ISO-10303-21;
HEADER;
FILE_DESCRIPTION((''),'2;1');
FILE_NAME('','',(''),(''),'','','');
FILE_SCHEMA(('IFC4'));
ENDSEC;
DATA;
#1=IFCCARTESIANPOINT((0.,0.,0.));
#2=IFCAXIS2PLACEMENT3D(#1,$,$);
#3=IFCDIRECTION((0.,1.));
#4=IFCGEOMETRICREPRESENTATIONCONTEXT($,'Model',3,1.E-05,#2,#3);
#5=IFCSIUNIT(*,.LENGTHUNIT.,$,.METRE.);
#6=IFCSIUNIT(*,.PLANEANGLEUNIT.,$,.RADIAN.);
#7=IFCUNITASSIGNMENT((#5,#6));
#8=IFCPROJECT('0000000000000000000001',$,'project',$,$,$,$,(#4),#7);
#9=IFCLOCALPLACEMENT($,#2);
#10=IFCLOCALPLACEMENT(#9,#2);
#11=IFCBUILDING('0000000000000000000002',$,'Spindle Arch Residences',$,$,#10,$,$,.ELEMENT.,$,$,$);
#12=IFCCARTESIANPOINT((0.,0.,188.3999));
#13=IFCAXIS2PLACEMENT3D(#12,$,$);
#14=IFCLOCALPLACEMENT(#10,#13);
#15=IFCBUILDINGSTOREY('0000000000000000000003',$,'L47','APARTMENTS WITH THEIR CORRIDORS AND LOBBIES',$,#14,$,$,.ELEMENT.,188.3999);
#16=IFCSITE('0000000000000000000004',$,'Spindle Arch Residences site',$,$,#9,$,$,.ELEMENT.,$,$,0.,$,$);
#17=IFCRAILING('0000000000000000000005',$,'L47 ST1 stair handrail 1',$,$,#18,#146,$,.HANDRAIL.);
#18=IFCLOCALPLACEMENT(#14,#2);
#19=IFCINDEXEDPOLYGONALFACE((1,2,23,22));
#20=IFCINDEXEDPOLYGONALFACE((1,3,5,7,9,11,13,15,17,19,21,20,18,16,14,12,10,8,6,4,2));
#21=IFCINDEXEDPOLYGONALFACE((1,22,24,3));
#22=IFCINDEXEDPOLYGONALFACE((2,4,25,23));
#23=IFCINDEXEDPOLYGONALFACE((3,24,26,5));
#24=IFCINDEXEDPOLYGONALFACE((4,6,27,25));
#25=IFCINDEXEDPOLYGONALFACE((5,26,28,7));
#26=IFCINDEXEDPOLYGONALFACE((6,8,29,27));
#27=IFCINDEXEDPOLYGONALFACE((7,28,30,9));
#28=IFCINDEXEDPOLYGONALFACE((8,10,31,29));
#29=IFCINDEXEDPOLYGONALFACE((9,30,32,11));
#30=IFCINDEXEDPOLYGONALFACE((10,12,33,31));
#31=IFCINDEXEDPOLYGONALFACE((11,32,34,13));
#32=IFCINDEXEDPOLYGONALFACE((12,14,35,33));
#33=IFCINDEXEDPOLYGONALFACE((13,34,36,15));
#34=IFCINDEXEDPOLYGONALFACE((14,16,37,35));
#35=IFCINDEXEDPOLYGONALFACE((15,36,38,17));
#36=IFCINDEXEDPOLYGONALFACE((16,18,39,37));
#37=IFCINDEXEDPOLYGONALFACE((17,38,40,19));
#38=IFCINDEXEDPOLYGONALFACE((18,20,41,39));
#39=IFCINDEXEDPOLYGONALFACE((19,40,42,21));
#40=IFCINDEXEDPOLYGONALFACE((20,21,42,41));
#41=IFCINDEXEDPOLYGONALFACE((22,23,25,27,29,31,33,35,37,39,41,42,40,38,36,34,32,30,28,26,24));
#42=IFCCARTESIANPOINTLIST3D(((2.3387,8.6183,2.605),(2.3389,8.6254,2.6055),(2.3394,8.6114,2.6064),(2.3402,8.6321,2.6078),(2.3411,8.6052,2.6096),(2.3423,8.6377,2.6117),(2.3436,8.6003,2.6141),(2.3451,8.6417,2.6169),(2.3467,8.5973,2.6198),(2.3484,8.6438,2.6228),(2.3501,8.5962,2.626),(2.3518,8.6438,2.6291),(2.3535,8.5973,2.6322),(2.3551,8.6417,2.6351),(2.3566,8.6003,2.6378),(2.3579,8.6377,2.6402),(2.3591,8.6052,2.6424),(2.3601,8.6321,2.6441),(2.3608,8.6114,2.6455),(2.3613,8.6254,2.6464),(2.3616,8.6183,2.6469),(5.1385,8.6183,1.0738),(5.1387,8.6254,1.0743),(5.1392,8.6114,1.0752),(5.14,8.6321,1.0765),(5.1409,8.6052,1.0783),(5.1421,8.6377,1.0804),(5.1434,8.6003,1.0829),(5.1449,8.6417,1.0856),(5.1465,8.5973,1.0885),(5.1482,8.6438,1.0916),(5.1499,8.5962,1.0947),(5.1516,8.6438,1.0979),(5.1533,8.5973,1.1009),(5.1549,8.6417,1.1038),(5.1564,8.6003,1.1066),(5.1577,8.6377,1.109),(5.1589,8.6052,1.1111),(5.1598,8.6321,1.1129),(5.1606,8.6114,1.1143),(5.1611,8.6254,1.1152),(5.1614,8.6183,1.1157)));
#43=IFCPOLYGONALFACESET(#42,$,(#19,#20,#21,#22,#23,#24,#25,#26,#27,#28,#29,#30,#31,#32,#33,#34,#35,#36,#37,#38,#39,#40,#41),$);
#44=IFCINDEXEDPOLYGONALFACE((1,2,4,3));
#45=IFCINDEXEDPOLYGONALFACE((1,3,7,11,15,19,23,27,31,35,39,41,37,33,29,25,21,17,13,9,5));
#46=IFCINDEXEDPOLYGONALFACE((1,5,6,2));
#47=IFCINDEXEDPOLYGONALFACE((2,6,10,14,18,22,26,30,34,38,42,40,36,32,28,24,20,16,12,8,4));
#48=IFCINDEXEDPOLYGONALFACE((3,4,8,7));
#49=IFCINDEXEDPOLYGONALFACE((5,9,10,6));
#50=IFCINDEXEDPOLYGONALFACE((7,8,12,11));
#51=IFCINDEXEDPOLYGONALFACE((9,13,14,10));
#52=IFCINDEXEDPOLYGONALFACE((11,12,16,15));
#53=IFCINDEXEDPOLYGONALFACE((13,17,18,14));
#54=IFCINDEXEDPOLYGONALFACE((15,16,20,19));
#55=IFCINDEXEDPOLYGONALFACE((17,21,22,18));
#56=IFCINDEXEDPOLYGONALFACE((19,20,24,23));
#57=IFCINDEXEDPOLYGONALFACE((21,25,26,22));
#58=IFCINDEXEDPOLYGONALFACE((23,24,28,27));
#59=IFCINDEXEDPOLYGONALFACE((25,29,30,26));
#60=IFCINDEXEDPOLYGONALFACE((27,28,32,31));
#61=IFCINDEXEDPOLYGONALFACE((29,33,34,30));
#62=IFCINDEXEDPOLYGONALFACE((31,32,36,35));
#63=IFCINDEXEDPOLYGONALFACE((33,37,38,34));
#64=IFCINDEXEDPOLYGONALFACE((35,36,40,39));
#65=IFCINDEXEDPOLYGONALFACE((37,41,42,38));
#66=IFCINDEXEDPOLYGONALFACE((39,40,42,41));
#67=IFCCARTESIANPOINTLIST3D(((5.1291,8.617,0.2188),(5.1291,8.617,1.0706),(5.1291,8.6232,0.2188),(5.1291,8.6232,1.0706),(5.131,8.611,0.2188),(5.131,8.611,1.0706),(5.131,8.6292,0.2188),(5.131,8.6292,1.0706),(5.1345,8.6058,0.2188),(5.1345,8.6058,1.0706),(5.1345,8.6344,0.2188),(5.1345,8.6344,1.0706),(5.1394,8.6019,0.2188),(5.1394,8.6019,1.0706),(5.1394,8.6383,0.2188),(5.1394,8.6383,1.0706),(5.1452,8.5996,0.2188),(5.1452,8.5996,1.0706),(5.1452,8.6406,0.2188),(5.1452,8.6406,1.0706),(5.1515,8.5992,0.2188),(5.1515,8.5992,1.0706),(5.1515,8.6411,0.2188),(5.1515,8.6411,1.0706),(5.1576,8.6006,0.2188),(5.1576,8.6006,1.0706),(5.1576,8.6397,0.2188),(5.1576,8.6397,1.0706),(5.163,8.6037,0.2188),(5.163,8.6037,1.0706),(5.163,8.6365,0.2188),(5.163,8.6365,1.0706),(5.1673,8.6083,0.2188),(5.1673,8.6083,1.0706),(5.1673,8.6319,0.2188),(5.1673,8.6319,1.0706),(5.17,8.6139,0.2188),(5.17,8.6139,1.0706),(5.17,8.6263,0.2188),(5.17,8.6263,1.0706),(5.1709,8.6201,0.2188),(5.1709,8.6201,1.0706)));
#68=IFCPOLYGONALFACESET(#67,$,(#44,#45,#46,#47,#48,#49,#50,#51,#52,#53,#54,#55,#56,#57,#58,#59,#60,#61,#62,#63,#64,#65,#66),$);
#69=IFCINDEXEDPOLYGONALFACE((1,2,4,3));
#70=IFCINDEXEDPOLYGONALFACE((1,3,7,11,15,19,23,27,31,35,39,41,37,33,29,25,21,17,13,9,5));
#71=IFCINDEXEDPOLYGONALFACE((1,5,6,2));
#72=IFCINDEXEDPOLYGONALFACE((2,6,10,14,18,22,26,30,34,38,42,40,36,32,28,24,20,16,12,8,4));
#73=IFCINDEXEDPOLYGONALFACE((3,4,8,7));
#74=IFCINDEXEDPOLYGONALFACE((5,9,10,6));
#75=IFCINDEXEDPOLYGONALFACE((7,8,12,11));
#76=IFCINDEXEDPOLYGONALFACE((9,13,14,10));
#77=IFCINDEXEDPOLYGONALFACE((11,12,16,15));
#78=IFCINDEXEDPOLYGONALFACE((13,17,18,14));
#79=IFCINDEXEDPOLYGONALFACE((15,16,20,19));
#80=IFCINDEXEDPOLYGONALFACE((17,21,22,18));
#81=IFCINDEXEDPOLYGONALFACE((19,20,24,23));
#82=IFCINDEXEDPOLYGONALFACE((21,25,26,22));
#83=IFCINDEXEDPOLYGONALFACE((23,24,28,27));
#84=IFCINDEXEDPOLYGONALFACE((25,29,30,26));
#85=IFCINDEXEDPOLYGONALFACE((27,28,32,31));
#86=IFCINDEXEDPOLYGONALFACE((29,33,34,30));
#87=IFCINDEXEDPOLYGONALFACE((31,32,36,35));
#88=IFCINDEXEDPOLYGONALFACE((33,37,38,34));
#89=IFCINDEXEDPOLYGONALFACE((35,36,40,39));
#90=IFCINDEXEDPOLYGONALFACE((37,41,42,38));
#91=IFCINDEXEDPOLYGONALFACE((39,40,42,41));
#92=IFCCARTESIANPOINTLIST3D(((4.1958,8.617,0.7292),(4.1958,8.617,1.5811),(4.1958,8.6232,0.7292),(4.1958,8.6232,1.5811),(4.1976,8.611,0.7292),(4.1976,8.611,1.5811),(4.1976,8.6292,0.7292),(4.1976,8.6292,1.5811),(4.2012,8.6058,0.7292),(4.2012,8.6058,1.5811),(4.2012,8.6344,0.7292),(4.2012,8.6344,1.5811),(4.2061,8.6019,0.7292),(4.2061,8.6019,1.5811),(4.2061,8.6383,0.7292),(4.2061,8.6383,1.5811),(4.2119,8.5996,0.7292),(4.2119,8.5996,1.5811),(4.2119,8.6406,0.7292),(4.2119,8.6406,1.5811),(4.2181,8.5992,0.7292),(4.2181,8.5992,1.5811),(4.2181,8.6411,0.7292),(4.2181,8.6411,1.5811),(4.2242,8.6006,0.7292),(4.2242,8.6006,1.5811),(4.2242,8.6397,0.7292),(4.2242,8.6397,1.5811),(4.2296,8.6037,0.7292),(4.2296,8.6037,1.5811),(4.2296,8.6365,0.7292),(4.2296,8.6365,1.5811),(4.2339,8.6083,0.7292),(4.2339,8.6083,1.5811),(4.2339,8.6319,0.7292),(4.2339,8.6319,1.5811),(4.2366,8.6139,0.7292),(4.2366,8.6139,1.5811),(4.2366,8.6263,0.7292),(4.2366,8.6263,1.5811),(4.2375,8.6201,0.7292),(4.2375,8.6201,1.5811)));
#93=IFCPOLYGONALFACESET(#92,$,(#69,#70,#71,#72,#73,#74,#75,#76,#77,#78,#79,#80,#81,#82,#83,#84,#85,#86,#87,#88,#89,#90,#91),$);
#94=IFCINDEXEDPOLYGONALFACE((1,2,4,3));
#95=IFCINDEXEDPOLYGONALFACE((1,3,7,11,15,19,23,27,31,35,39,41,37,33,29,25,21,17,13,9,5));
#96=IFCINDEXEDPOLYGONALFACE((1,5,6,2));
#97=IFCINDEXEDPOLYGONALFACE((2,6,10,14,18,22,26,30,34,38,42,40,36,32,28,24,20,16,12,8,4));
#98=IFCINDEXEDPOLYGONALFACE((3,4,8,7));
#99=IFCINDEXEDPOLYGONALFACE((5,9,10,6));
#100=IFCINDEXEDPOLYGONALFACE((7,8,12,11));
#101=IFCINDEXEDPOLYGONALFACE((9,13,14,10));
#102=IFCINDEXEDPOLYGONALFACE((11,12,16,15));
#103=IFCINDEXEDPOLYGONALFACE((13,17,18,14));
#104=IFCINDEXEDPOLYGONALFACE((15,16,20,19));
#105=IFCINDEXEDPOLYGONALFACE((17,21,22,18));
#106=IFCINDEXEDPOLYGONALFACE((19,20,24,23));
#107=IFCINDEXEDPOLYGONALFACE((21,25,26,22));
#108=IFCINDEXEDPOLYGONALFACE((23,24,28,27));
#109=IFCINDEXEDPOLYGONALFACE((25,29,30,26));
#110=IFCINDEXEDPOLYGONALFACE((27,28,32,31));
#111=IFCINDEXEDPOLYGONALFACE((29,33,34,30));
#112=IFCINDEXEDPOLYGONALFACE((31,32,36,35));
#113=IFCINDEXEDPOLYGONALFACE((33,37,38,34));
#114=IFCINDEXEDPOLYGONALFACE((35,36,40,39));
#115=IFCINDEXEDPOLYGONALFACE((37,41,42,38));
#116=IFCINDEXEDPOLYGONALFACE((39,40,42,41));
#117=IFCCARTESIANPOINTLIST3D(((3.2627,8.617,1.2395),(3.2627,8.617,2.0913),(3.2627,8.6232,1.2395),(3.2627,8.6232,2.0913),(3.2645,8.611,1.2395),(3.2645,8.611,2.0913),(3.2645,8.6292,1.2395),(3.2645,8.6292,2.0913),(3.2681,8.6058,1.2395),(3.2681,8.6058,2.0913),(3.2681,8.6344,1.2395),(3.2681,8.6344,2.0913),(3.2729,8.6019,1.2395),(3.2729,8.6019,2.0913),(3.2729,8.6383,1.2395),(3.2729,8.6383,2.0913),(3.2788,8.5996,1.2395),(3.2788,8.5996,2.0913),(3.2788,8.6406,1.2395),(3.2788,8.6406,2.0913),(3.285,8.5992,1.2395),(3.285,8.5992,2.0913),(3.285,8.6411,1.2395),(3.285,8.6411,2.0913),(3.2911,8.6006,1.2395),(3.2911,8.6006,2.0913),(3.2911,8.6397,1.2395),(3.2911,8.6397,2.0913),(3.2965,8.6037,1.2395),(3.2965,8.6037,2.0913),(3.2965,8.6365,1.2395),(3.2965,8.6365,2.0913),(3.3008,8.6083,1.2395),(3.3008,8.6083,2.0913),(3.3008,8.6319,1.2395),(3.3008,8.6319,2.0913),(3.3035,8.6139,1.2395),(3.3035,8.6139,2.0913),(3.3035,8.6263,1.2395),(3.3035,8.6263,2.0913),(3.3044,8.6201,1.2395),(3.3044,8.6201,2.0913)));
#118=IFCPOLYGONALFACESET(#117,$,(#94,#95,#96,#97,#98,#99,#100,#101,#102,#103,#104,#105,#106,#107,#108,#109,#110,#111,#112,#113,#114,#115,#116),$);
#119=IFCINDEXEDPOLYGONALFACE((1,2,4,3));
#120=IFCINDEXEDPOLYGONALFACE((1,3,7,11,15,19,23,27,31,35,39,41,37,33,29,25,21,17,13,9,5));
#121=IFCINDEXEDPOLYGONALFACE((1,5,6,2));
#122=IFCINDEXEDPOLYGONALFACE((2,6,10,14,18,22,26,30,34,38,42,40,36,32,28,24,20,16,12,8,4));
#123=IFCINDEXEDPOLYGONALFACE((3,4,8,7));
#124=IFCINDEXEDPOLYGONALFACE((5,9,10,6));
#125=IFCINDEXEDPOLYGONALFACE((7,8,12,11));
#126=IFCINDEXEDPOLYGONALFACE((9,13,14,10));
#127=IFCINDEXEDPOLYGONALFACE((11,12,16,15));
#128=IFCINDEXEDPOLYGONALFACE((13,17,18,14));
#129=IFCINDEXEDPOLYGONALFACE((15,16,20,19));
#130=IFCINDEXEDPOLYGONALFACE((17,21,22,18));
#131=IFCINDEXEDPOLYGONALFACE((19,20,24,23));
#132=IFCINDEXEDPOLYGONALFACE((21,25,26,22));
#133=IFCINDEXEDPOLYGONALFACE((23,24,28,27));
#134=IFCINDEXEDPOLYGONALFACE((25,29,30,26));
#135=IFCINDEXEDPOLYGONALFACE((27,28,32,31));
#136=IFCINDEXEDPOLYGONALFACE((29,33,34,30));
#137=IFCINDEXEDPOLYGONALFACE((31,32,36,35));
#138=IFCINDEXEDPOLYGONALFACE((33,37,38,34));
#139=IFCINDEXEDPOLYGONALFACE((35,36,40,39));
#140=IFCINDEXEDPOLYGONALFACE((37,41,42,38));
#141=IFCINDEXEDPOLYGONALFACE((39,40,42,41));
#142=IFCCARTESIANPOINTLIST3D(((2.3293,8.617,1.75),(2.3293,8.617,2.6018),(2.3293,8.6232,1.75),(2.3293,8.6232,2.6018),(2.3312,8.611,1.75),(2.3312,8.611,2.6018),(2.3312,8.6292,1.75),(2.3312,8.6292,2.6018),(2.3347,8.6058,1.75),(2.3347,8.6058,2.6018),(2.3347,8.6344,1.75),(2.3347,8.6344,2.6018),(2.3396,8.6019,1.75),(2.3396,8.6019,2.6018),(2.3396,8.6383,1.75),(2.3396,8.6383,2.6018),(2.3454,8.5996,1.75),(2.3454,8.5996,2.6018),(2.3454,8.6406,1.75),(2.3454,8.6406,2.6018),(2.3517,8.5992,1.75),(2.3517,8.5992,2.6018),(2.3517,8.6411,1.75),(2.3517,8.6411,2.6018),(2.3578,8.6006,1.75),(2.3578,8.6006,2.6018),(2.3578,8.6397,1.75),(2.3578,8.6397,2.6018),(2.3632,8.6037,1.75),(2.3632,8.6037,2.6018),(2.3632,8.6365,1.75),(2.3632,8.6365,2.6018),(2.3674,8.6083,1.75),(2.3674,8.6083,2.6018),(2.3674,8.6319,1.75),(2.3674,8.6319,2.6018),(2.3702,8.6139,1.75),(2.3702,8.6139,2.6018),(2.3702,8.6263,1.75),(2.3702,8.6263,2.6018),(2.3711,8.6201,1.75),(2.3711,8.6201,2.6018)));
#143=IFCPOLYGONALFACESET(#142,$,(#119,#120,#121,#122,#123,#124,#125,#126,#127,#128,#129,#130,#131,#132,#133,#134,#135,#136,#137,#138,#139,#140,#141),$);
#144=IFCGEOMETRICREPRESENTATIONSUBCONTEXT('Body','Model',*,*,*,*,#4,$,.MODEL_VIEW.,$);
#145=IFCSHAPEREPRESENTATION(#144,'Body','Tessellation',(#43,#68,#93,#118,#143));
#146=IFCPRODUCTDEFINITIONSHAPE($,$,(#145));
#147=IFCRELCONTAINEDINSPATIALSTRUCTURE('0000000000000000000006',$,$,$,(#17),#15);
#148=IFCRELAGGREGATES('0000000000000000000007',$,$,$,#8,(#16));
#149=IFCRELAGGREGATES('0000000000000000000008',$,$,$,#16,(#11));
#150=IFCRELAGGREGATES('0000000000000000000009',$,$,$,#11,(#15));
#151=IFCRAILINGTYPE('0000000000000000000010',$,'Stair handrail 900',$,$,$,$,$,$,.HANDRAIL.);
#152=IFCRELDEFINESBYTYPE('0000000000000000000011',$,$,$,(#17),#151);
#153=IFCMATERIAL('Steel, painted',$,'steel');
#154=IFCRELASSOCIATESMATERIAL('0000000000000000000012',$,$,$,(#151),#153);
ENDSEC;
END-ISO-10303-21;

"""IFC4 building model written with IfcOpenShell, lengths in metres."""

from ifc_helpers import new_model, si_unit, direction, frame, origin, origin_2d, place, context, subcontext, project, spatial, circle, extrude, material, type_object, element, save


model = new_model("IFC4")

# Units and contexts
model_context = context("Model", 3, precision=1e-05, world=origin(), true_north=direction((0.0, 1.0)))
body_context = subcontext(model_context, "Body", "Model", "MODEL_VIEW")
ifc_project = project(units=[si_unit("LENGTHUNIT", "METRE"), si_unit("PLANEANGLEUNIT", "RADIAN")], contexts=[model_context])

# Site, building, storey
site_placement = place(None, origin())
site = spatial("IfcSite", under=ifc_project, at=site_placement, Name="Spindle Arch Residences site", CompositionType="ELEMENT", RefElevation=0.0)
building_placement = place(site_placement, origin())
building = spatial("IfcBuilding", under=site, at=building_placement, Name="Spindle Arch Residences", CompositionType="ELEMENT")
storey_placement = place(building_placement, frame((0.0, 0.0, 188.3999)))
storey = spatial("IfcBuildingStorey", under=building, at=storey_placement, Name="L47", Description="APARTMENTS WITH THEIR CORRIDORS AND LOBBIES", CompositionType="ELEMENT", Elevation=188.3999)

# Railing
ifc_material_1 = material(Name="Steel, painted", Category="steel")
railing_type_1 = type_object("IfcRailingType", Name="Stair handrail 900", PredefinedType="HANDRAIL", material=ifc_material_1)
railing_1_placement = place(storey_placement, frame((5.1499, 8.6201, 0.2188)))
element("IfcRailing", 1, at=railing_1_placement, inside=storey, type_object=railing_type_1, Name="L47 ST1 stair handrail 1", PredefinedType="HANDRAIL", context=body_context, shape_type="SweptSolid", body=[
    extrude(circle(Radius=0.0239, at=origin_2d()), frame((0.0, 0.0, 0.876), z_axis=(-0.877357, 0.0, 0.479838), x_axis=(0.0, -1.0, 0.0)), (0.0, 0.0, 1.0), 3.1912),
    extrude(circle(Radius=0.021, at=origin_2d()), origin(), (0.0, 0.0, 1.0), 0.8518),
    extrude(circle(Radius=0.021, at=origin_2d()), frame((-0.9333, 0.0, 0.5105)), (0.0, 0.0, 1.0), 0.8518),
    extrude(circle(Radius=0.021, at=origin_2d()), frame((-1.8665, 0.0, 1.0208)), (0.0, 0.0, 1.0), 0.8518),
    extrude(circle(Radius=0.021, at=origin_2d()), frame((-2.7998, 0.0, 1.5312)), (0.0, 0.0, 1.0), 0.8518),
])

save(model, "model.ifc")
